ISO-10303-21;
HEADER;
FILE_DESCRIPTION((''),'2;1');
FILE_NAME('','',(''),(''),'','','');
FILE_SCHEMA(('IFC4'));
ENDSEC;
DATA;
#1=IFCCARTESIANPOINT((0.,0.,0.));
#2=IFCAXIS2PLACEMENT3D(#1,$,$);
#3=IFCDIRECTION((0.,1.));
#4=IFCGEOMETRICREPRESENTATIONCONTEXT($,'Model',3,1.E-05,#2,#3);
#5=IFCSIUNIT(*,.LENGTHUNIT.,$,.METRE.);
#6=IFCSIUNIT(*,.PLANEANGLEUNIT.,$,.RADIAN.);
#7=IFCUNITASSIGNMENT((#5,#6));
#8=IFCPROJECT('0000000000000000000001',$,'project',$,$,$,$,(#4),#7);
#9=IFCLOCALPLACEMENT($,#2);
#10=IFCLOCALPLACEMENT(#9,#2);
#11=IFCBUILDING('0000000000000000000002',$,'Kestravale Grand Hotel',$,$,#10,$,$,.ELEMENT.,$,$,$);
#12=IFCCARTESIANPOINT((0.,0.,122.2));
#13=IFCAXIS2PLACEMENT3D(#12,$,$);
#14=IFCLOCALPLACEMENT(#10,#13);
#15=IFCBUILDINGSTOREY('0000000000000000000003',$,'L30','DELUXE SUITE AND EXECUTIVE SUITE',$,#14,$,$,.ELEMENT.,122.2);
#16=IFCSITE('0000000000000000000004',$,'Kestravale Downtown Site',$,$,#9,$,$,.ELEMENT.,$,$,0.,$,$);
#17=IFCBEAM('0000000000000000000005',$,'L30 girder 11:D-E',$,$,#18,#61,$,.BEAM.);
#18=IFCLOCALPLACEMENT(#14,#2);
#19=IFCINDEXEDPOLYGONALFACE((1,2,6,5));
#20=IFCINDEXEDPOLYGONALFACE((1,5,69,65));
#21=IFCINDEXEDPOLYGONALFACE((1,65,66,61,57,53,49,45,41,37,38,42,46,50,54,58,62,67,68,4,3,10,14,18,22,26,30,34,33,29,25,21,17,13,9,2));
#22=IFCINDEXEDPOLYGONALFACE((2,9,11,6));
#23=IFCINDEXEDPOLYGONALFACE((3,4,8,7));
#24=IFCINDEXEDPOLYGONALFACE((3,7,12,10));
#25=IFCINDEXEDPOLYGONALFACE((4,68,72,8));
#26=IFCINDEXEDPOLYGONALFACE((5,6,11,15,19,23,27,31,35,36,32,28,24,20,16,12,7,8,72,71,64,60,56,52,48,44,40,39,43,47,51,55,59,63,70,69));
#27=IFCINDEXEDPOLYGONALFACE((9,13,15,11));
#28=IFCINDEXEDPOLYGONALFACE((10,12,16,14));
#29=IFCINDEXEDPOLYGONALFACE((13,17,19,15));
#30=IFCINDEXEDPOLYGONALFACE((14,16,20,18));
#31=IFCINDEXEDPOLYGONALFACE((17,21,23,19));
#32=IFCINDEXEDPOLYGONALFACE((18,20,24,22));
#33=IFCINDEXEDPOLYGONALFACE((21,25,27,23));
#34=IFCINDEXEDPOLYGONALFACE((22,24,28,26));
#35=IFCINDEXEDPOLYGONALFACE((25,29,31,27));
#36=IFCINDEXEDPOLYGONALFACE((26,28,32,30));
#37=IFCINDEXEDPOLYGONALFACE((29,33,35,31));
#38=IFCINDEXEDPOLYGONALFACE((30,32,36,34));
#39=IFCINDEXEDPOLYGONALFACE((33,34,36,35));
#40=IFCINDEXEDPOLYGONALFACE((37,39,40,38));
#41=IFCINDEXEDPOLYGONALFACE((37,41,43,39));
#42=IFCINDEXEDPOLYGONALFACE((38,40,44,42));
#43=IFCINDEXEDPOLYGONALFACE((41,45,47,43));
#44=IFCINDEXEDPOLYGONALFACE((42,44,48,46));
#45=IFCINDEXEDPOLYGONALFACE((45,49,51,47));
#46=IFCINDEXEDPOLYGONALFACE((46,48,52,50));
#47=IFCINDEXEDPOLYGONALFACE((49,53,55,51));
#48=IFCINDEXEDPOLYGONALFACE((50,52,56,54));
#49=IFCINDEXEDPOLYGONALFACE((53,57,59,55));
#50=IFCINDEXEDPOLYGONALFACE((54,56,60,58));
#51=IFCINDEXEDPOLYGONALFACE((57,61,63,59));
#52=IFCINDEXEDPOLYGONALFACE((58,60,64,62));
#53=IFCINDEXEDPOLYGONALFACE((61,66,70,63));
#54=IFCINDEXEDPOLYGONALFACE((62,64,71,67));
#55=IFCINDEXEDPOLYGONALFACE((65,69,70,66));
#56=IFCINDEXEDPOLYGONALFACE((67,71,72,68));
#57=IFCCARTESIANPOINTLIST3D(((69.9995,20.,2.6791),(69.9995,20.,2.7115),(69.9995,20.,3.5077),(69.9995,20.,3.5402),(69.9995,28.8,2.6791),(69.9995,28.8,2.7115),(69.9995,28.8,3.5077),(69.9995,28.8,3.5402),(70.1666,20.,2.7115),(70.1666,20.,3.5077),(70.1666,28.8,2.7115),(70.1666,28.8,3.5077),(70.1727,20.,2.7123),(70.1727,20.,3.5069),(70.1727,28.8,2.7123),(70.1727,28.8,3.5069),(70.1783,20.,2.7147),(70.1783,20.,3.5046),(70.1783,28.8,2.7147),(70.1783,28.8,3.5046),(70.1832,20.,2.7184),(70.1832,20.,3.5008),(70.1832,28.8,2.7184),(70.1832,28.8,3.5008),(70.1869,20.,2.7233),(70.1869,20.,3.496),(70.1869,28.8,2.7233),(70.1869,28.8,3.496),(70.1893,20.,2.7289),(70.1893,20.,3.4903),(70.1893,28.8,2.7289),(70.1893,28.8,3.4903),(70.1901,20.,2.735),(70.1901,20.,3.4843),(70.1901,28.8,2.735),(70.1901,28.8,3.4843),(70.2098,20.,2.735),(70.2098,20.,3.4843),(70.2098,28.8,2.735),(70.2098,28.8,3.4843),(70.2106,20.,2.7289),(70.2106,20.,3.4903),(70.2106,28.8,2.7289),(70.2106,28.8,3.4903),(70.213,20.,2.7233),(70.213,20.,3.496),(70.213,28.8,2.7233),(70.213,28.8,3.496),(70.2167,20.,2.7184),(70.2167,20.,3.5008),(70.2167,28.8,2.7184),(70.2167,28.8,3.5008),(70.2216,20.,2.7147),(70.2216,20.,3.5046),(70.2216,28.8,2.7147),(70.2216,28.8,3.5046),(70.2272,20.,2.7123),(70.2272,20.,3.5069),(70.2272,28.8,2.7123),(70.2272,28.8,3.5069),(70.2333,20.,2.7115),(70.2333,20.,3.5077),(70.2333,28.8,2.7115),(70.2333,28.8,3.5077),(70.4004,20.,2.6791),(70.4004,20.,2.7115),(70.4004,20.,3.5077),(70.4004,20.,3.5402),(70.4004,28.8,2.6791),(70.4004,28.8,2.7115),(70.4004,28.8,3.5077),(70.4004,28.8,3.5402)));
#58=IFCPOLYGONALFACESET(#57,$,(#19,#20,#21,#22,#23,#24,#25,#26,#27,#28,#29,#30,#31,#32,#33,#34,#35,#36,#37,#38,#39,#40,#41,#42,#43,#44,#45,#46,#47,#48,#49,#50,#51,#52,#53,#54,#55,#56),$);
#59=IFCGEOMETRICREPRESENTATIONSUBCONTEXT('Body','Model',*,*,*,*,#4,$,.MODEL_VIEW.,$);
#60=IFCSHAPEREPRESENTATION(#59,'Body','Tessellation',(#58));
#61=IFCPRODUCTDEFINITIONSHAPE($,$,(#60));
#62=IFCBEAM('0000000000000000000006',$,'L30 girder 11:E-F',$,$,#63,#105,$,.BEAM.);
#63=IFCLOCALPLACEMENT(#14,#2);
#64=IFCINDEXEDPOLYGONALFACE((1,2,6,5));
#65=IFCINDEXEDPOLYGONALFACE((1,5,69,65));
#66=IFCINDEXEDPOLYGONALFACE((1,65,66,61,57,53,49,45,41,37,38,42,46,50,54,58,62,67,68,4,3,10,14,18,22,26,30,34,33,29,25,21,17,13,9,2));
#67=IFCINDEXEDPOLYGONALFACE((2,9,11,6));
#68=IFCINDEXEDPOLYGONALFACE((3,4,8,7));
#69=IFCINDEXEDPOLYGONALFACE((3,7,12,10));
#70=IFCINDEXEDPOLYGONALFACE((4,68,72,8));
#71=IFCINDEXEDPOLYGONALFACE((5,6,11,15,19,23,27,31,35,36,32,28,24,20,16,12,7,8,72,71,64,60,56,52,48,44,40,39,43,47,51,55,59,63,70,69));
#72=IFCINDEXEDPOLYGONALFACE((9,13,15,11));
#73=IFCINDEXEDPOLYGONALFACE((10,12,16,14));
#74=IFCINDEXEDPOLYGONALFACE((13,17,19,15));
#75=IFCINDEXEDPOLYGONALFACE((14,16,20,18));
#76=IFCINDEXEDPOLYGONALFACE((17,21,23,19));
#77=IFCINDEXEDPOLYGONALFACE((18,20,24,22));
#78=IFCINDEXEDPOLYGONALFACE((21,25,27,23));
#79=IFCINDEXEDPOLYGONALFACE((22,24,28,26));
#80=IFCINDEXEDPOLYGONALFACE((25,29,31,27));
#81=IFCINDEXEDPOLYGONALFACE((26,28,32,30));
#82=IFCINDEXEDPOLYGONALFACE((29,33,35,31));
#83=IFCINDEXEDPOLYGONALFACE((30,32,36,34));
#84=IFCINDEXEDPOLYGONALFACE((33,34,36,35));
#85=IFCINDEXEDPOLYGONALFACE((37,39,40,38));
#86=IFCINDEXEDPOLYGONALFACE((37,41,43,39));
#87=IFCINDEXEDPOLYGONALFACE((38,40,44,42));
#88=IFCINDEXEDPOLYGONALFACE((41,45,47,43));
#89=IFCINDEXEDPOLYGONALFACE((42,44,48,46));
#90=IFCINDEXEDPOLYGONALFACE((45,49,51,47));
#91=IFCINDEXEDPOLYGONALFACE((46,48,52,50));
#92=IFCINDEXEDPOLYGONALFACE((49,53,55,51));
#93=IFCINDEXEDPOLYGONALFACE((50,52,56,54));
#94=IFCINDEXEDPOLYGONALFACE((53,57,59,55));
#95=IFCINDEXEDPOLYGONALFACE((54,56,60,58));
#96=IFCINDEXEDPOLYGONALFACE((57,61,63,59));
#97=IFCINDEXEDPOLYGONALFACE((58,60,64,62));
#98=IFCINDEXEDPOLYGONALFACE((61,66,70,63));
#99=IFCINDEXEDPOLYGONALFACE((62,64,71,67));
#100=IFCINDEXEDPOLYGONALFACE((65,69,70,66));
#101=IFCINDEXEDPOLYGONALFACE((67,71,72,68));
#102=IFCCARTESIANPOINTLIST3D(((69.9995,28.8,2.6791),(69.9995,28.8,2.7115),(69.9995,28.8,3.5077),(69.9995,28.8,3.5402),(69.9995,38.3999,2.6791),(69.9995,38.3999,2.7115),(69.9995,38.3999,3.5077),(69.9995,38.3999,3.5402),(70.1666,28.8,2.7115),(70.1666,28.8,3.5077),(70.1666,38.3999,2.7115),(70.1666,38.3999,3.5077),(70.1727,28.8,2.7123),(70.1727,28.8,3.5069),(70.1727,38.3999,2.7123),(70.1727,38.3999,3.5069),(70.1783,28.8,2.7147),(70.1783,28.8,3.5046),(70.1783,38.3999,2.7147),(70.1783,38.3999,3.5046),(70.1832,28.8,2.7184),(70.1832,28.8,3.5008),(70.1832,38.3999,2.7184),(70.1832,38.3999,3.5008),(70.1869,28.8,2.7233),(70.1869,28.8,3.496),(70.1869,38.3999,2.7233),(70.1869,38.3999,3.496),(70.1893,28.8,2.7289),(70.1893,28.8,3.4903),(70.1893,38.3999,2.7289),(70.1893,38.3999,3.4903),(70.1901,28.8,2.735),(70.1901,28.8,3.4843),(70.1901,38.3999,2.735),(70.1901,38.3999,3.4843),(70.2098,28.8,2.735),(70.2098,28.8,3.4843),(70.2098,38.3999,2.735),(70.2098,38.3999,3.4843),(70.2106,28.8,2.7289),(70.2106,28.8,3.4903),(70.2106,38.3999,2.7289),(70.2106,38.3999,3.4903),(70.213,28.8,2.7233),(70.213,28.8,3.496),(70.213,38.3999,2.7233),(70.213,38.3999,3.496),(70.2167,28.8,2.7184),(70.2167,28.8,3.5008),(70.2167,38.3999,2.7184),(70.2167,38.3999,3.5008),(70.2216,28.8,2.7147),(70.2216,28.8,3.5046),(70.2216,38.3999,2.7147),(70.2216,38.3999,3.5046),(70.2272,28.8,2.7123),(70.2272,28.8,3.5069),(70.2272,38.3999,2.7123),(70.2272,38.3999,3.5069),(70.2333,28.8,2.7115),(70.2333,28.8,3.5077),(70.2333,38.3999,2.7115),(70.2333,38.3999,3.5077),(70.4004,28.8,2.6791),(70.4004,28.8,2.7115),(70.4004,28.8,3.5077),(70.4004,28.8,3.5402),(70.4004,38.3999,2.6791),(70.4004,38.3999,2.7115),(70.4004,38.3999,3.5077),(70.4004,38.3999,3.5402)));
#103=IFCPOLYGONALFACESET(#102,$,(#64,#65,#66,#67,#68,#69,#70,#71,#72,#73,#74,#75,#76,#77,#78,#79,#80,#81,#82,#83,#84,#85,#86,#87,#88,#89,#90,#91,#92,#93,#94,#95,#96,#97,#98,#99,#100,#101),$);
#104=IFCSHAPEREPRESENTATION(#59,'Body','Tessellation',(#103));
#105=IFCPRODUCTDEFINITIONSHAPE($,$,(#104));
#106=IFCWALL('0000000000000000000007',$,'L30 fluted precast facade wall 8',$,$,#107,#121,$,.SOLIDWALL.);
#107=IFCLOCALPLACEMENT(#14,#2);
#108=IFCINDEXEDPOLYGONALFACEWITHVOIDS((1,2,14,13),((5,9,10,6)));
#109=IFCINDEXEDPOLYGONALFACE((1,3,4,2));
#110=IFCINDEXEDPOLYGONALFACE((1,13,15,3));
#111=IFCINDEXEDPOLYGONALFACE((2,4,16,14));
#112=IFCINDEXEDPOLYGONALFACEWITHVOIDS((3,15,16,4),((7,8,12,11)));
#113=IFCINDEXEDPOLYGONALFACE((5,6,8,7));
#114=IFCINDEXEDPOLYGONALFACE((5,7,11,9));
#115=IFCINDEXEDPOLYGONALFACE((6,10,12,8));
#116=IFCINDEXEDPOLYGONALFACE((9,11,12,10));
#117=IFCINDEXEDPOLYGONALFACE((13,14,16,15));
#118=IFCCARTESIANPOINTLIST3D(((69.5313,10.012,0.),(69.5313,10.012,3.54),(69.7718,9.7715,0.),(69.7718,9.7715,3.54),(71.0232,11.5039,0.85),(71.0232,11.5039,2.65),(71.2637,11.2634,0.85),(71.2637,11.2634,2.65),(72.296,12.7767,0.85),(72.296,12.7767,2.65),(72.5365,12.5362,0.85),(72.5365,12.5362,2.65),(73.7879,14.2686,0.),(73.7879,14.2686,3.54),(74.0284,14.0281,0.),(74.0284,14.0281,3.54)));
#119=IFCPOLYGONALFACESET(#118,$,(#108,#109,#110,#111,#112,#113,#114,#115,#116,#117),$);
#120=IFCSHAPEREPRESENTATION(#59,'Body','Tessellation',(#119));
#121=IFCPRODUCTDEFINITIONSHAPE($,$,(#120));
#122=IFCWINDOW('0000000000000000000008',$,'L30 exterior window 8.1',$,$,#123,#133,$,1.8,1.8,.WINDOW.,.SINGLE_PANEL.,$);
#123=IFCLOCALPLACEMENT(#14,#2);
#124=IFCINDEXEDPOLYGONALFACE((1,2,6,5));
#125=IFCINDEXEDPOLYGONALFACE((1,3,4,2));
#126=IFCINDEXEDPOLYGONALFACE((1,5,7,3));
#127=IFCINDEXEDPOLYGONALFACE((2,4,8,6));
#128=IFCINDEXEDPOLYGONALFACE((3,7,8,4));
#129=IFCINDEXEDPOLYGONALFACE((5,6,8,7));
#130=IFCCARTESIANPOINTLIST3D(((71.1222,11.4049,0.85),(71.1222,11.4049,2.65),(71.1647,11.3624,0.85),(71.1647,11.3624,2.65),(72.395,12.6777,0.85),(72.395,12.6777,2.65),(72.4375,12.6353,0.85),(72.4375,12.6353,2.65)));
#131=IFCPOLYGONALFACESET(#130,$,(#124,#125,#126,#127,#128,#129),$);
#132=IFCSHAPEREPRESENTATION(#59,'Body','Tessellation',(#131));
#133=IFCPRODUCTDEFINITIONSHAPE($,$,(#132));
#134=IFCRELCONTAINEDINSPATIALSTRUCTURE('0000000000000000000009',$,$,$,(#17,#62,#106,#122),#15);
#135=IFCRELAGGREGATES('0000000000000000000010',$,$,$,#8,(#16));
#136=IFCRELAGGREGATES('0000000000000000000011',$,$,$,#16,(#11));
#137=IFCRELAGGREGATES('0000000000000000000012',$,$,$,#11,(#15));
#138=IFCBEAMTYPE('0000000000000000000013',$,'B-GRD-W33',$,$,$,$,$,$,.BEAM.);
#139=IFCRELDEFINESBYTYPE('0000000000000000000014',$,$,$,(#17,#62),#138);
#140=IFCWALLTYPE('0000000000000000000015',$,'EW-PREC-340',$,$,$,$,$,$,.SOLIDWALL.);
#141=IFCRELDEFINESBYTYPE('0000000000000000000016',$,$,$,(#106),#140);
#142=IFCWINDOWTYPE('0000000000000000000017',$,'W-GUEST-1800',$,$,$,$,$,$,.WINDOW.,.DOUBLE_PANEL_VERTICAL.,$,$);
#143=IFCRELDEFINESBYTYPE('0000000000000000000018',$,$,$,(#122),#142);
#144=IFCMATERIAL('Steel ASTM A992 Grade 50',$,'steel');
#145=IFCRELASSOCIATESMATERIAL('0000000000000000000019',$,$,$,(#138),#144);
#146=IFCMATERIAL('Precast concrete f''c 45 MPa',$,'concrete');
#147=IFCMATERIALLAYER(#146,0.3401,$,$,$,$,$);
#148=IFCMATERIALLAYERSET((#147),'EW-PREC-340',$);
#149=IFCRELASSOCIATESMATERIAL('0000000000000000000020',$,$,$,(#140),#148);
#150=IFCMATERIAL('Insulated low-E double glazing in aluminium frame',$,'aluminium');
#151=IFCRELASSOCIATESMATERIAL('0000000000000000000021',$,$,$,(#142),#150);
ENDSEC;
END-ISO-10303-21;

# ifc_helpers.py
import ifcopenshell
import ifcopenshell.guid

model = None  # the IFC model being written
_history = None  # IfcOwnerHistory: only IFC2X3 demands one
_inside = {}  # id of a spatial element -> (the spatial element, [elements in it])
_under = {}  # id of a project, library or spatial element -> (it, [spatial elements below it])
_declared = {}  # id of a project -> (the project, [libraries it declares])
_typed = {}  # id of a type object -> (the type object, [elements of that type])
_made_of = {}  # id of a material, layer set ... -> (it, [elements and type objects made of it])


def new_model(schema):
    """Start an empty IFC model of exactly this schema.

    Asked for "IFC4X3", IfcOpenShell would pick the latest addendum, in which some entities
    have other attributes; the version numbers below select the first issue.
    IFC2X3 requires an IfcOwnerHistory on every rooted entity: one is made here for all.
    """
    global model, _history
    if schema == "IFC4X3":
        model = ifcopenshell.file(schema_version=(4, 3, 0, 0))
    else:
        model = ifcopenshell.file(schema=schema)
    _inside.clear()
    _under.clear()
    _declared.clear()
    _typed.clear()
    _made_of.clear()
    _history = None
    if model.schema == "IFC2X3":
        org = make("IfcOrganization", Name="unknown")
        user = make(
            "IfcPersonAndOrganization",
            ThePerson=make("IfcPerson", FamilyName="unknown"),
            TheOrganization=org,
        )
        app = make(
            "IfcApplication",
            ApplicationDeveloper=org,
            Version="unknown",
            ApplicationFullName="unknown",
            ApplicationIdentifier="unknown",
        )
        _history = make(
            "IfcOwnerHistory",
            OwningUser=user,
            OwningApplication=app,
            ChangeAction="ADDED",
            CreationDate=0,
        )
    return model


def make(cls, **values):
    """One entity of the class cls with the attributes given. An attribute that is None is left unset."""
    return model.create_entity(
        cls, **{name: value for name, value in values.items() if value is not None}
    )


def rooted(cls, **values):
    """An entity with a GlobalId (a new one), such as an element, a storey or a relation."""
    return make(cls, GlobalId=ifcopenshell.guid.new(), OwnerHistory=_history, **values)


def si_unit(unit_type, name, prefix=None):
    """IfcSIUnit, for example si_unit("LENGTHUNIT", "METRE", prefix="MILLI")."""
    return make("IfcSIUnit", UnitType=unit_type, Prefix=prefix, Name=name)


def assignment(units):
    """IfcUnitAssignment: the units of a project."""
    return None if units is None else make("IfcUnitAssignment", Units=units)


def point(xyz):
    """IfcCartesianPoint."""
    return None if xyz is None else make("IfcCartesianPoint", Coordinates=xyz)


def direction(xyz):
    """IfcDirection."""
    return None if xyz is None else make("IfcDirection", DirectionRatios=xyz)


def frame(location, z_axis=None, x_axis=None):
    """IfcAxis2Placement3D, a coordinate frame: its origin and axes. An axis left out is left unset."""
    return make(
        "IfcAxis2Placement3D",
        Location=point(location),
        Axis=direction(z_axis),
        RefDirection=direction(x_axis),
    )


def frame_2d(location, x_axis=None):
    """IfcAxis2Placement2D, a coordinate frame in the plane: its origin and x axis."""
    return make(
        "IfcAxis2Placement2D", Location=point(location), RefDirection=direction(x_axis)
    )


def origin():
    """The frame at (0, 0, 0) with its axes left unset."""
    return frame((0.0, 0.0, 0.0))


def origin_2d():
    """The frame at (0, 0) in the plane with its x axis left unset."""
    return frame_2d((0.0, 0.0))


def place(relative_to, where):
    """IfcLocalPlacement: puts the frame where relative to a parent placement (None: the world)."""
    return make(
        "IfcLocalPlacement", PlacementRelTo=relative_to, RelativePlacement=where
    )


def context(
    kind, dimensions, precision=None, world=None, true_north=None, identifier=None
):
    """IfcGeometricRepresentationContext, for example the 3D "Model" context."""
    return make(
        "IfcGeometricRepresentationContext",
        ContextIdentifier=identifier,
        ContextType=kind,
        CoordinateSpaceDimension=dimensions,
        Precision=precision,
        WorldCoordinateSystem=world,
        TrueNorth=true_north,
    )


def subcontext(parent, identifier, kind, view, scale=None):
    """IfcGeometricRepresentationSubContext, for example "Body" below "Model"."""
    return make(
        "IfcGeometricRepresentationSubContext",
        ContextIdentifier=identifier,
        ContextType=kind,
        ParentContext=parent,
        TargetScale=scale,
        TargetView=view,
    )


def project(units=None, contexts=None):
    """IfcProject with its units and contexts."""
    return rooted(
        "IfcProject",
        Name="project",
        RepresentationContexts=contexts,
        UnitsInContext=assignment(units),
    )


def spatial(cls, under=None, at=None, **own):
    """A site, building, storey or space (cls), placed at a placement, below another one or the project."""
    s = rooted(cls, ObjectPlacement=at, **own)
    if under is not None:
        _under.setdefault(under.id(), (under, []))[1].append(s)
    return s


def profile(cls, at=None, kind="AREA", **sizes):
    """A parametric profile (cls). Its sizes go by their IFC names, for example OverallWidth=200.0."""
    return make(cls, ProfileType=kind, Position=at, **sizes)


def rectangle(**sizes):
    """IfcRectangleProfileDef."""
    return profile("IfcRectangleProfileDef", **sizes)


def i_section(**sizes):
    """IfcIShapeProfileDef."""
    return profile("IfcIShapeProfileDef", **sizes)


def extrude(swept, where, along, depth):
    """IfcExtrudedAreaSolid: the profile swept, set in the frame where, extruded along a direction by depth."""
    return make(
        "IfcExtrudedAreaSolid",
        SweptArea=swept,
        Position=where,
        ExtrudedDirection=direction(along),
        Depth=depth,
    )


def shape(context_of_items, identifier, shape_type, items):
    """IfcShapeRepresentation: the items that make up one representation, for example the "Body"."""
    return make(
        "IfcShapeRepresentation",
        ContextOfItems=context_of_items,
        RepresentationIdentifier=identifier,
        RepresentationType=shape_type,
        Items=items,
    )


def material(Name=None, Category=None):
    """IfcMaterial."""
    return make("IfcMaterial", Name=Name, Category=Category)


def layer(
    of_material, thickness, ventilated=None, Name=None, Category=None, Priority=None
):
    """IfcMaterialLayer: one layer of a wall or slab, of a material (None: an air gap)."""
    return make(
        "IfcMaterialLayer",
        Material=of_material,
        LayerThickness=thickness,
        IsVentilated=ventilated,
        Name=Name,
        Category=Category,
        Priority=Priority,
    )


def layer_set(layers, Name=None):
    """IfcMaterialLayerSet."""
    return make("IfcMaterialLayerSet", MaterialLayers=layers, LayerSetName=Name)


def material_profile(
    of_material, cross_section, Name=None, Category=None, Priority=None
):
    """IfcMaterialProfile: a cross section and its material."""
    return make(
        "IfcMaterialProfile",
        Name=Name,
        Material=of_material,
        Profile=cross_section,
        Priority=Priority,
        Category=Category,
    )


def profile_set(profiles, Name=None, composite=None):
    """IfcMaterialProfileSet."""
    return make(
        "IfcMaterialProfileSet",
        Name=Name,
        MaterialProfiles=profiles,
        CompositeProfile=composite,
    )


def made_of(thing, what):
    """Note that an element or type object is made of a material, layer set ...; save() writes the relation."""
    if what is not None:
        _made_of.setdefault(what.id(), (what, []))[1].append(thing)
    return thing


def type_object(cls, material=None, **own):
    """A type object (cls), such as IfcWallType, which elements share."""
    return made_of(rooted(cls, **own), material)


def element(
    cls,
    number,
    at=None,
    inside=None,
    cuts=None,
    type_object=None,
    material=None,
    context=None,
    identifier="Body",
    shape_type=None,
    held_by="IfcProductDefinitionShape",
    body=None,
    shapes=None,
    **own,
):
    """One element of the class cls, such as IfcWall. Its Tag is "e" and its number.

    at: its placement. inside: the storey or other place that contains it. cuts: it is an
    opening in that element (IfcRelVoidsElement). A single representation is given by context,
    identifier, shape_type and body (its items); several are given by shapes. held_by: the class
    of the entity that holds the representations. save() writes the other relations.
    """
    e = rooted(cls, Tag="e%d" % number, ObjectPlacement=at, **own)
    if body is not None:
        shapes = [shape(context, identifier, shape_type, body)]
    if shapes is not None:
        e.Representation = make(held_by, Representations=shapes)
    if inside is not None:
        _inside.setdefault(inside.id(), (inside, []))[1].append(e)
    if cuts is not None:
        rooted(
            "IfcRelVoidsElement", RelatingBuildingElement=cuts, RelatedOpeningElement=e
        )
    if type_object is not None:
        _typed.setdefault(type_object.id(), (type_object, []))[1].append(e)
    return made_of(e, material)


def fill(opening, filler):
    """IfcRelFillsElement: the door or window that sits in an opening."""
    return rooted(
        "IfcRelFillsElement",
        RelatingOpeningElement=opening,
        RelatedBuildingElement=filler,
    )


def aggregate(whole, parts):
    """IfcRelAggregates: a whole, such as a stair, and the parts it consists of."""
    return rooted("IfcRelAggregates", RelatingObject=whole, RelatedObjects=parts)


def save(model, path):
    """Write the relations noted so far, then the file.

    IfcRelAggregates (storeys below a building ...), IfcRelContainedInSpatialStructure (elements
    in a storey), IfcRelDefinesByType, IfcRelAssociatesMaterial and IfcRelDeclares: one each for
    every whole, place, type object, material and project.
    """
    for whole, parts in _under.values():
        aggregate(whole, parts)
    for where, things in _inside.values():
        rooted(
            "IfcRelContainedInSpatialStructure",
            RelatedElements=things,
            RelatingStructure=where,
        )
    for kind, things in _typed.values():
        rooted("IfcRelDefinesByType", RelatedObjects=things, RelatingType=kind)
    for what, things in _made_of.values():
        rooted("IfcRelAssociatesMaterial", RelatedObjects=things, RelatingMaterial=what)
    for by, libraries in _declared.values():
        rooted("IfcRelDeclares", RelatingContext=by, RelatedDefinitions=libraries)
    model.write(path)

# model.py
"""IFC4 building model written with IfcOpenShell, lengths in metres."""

from ifc_helpers import new_model, si_unit, direction, frame, frame_2d, origin, origin_2d, place, context, subcontext, project, spatial, rectangle, i_section, extrude, material, layer, layer_set, material_profile, profile_set, type_object, element, fill, save


model = new_model("IFC4")

# Units and contexts
model_context = context("Model", 3, precision=1e-05, world=origin(), true_north=direction((0.0, 1.0)))
body_context = subcontext(model_context, "Body", "Model", "MODEL_VIEW")
ifc_project = project(units=[si_unit("LENGTHUNIT", "METRE"), si_unit("PLANEANGLEUNIT", "RADIAN")], contexts=[model_context])

# Site, building, storey
site_placement = place(None, origin())
site = spatial("IfcSite", under=ifc_project, at=site_placement, Name="Kestravale Downtown Site", CompositionType="ELEMENT", RefElevation=0.0)
building_placement = place(site_placement, origin())
building = spatial("IfcBuilding", under=site, at=building_placement, Name="Kestravale Grand Hotel", CompositionType="ELEMENT")
storey_placement = place(building_placement, frame((0.0, 0.0, 122.2)))
storey = spatial("IfcBuildingStorey", under=building, at=storey_placement, Name="L30", Description="DELUXE SUITE AND EXECUTIVE SUITE", CompositionType="ELEMENT", Elevation=122.2)

# Beams
ifc_material_1 = material(Name="Steel ASTM A992 Grade 50", Category="steel")
ifc_material_profile_1 = material_profile(ifc_material_1, i_section(OverallWidth=0.4009, OverallDepth=0.8611, WebThickness=0.0198, FlangeThickness=0.0325, FilletRadius=0.0234, at=origin_2d()))
ifc_profile_set_1 = profile_set([ifc_material_profile_1], Name="Steel ASTM A992 Grade 50")
beam_type_1 = type_object("IfcBeamType", Name="B-GRD-W33", PredefinedType="BEAM", material=ifc_profile_set_1)
beam_1_placement = place(storey_placement, frame((70.2, 20.0, 3.1096), z_axis=(0.0, 1.0, 0.0), x_axis=(-1.0, 0.0, 0.0)))
element("IfcBeam", 1, at=beam_1_placement, inside=storey, type_object=beam_type_1, Name="L30 girder 11:D-E", PredefinedType="BEAM", context=body_context, shape_type="SweptSolid", body=[
    extrude(i_section(OverallWidth=0.4009, OverallDepth=0.8611, WebThickness=0.0198, FlangeThickness=0.0325, FilletRadius=0.0234, at=origin_2d()), origin(), (0.0, 0.0, 1.0), 8.8),
])
beam_2_placement = place(storey_placement, frame((70.2, 28.8, 3.1096), z_axis=(0.0, 1.0, 0.0), x_axis=(-1.0, 0.0, 0.0)))
element("IfcBeam", 2, at=beam_2_placement, inside=storey, type_object=beam_type_1, Name="L30 girder 11:E-F", PredefinedType="BEAM", context=body_context, shape_type="SweptSolid", body=[
    extrude(i_section(OverallWidth=0.4009, OverallDepth=0.8611, WebThickness=0.0198, FlangeThickness=0.0325, FilletRadius=0.0234, at=origin_2d()), origin(), (0.0, 0.0, 1.0), 9.5999),
])

# Wall, opening, window
ifc_material_2 = material(Name="Precast concrete f'c 45 MPa", Category="concrete")
ifc_layer_1 = layer(ifc_material_2, 0.3401)
ifc_layer_set_1 = layer_set([ifc_layer_1], Name="EW-PREC-340")
wall_type_1 = type_object("IfcWallType", Name="EW-PREC-340", PredefinedType="SOLIDWALL", material=ifc_layer_set_1)
wall_1_placement = place(storey_placement, frame((69.6516, 9.8918, 0.0), z_axis=(0.0, 0.0, 1.0), x_axis=(0.707107, 0.707107, 0.0)))
wall_1 = element("IfcWall", 3, at=wall_1_placement, inside=storey, type_object=wall_type_1, Name="L30 fluted precast facade wall 8", PredefinedType="SOLIDWALL", context=body_context, shape_type="SweptSolid", body=[
    extrude(rectangle(XDim=6.0198, YDim=0.3401, at=frame_2d((3.0098, 0.0))), origin(), (0.0, 0.0, 1.0), 3.54),
])
opening_1_placement = place(wall_1_placement, frame((2.1099, 0.0, 0.8501)))
opening_1 = element("IfcOpeningElement", 4, at=opening_1_placement, cuts=wall_1, PredefinedType="OPENING", context=body_context, shape_type="SweptSolid", body=[
    extrude(rectangle(XDim=1.8, YDim=1.8, at=frame_2d((0.8999, 0.8999))), frame((0.0, 0.1799, 0.0), z_axis=(0.0, -1.0, 0.0), x_axis=(1.0, 0.0, 0.0)), (0.0, 0.0, 1.0), 0.3601),
])
ifc_material_3 = material(Name="Insulated low-E double glazing in aluminium frame", Category="aluminium")
window_type = type_object("IfcWindowType", Name="W-GUEST-1800", PartitioningType="DOUBLE_PANEL_VERTICAL", PredefinedType="WINDOW", material=ifc_material_3)
window_1_placement = place(opening_1_placement, origin())
window_1 = element("IfcWindow", 5, at=window_1_placement, inside=storey, type_object=window_type, Name="L30 exterior window 8.1", OverallHeight=1.8, OverallWidth=1.8, PartitioningType="SINGLE_PANEL", PredefinedType="WINDOW", context=body_context, shape_type="SweptSolid", body=[
    extrude(rectangle(XDim=1.8, YDim=1.8, at=frame_2d((0.8999, 0.8999))), frame((0.0, 0.03, 0.0), z_axis=(0.0, -1.0, 0.0), x_axis=(1.0, 0.0, 0.0)), (0.0, 0.0, 1.0), 0.0601),
])
fill(opening_1, window_1)

save(model, "model.ifc")
